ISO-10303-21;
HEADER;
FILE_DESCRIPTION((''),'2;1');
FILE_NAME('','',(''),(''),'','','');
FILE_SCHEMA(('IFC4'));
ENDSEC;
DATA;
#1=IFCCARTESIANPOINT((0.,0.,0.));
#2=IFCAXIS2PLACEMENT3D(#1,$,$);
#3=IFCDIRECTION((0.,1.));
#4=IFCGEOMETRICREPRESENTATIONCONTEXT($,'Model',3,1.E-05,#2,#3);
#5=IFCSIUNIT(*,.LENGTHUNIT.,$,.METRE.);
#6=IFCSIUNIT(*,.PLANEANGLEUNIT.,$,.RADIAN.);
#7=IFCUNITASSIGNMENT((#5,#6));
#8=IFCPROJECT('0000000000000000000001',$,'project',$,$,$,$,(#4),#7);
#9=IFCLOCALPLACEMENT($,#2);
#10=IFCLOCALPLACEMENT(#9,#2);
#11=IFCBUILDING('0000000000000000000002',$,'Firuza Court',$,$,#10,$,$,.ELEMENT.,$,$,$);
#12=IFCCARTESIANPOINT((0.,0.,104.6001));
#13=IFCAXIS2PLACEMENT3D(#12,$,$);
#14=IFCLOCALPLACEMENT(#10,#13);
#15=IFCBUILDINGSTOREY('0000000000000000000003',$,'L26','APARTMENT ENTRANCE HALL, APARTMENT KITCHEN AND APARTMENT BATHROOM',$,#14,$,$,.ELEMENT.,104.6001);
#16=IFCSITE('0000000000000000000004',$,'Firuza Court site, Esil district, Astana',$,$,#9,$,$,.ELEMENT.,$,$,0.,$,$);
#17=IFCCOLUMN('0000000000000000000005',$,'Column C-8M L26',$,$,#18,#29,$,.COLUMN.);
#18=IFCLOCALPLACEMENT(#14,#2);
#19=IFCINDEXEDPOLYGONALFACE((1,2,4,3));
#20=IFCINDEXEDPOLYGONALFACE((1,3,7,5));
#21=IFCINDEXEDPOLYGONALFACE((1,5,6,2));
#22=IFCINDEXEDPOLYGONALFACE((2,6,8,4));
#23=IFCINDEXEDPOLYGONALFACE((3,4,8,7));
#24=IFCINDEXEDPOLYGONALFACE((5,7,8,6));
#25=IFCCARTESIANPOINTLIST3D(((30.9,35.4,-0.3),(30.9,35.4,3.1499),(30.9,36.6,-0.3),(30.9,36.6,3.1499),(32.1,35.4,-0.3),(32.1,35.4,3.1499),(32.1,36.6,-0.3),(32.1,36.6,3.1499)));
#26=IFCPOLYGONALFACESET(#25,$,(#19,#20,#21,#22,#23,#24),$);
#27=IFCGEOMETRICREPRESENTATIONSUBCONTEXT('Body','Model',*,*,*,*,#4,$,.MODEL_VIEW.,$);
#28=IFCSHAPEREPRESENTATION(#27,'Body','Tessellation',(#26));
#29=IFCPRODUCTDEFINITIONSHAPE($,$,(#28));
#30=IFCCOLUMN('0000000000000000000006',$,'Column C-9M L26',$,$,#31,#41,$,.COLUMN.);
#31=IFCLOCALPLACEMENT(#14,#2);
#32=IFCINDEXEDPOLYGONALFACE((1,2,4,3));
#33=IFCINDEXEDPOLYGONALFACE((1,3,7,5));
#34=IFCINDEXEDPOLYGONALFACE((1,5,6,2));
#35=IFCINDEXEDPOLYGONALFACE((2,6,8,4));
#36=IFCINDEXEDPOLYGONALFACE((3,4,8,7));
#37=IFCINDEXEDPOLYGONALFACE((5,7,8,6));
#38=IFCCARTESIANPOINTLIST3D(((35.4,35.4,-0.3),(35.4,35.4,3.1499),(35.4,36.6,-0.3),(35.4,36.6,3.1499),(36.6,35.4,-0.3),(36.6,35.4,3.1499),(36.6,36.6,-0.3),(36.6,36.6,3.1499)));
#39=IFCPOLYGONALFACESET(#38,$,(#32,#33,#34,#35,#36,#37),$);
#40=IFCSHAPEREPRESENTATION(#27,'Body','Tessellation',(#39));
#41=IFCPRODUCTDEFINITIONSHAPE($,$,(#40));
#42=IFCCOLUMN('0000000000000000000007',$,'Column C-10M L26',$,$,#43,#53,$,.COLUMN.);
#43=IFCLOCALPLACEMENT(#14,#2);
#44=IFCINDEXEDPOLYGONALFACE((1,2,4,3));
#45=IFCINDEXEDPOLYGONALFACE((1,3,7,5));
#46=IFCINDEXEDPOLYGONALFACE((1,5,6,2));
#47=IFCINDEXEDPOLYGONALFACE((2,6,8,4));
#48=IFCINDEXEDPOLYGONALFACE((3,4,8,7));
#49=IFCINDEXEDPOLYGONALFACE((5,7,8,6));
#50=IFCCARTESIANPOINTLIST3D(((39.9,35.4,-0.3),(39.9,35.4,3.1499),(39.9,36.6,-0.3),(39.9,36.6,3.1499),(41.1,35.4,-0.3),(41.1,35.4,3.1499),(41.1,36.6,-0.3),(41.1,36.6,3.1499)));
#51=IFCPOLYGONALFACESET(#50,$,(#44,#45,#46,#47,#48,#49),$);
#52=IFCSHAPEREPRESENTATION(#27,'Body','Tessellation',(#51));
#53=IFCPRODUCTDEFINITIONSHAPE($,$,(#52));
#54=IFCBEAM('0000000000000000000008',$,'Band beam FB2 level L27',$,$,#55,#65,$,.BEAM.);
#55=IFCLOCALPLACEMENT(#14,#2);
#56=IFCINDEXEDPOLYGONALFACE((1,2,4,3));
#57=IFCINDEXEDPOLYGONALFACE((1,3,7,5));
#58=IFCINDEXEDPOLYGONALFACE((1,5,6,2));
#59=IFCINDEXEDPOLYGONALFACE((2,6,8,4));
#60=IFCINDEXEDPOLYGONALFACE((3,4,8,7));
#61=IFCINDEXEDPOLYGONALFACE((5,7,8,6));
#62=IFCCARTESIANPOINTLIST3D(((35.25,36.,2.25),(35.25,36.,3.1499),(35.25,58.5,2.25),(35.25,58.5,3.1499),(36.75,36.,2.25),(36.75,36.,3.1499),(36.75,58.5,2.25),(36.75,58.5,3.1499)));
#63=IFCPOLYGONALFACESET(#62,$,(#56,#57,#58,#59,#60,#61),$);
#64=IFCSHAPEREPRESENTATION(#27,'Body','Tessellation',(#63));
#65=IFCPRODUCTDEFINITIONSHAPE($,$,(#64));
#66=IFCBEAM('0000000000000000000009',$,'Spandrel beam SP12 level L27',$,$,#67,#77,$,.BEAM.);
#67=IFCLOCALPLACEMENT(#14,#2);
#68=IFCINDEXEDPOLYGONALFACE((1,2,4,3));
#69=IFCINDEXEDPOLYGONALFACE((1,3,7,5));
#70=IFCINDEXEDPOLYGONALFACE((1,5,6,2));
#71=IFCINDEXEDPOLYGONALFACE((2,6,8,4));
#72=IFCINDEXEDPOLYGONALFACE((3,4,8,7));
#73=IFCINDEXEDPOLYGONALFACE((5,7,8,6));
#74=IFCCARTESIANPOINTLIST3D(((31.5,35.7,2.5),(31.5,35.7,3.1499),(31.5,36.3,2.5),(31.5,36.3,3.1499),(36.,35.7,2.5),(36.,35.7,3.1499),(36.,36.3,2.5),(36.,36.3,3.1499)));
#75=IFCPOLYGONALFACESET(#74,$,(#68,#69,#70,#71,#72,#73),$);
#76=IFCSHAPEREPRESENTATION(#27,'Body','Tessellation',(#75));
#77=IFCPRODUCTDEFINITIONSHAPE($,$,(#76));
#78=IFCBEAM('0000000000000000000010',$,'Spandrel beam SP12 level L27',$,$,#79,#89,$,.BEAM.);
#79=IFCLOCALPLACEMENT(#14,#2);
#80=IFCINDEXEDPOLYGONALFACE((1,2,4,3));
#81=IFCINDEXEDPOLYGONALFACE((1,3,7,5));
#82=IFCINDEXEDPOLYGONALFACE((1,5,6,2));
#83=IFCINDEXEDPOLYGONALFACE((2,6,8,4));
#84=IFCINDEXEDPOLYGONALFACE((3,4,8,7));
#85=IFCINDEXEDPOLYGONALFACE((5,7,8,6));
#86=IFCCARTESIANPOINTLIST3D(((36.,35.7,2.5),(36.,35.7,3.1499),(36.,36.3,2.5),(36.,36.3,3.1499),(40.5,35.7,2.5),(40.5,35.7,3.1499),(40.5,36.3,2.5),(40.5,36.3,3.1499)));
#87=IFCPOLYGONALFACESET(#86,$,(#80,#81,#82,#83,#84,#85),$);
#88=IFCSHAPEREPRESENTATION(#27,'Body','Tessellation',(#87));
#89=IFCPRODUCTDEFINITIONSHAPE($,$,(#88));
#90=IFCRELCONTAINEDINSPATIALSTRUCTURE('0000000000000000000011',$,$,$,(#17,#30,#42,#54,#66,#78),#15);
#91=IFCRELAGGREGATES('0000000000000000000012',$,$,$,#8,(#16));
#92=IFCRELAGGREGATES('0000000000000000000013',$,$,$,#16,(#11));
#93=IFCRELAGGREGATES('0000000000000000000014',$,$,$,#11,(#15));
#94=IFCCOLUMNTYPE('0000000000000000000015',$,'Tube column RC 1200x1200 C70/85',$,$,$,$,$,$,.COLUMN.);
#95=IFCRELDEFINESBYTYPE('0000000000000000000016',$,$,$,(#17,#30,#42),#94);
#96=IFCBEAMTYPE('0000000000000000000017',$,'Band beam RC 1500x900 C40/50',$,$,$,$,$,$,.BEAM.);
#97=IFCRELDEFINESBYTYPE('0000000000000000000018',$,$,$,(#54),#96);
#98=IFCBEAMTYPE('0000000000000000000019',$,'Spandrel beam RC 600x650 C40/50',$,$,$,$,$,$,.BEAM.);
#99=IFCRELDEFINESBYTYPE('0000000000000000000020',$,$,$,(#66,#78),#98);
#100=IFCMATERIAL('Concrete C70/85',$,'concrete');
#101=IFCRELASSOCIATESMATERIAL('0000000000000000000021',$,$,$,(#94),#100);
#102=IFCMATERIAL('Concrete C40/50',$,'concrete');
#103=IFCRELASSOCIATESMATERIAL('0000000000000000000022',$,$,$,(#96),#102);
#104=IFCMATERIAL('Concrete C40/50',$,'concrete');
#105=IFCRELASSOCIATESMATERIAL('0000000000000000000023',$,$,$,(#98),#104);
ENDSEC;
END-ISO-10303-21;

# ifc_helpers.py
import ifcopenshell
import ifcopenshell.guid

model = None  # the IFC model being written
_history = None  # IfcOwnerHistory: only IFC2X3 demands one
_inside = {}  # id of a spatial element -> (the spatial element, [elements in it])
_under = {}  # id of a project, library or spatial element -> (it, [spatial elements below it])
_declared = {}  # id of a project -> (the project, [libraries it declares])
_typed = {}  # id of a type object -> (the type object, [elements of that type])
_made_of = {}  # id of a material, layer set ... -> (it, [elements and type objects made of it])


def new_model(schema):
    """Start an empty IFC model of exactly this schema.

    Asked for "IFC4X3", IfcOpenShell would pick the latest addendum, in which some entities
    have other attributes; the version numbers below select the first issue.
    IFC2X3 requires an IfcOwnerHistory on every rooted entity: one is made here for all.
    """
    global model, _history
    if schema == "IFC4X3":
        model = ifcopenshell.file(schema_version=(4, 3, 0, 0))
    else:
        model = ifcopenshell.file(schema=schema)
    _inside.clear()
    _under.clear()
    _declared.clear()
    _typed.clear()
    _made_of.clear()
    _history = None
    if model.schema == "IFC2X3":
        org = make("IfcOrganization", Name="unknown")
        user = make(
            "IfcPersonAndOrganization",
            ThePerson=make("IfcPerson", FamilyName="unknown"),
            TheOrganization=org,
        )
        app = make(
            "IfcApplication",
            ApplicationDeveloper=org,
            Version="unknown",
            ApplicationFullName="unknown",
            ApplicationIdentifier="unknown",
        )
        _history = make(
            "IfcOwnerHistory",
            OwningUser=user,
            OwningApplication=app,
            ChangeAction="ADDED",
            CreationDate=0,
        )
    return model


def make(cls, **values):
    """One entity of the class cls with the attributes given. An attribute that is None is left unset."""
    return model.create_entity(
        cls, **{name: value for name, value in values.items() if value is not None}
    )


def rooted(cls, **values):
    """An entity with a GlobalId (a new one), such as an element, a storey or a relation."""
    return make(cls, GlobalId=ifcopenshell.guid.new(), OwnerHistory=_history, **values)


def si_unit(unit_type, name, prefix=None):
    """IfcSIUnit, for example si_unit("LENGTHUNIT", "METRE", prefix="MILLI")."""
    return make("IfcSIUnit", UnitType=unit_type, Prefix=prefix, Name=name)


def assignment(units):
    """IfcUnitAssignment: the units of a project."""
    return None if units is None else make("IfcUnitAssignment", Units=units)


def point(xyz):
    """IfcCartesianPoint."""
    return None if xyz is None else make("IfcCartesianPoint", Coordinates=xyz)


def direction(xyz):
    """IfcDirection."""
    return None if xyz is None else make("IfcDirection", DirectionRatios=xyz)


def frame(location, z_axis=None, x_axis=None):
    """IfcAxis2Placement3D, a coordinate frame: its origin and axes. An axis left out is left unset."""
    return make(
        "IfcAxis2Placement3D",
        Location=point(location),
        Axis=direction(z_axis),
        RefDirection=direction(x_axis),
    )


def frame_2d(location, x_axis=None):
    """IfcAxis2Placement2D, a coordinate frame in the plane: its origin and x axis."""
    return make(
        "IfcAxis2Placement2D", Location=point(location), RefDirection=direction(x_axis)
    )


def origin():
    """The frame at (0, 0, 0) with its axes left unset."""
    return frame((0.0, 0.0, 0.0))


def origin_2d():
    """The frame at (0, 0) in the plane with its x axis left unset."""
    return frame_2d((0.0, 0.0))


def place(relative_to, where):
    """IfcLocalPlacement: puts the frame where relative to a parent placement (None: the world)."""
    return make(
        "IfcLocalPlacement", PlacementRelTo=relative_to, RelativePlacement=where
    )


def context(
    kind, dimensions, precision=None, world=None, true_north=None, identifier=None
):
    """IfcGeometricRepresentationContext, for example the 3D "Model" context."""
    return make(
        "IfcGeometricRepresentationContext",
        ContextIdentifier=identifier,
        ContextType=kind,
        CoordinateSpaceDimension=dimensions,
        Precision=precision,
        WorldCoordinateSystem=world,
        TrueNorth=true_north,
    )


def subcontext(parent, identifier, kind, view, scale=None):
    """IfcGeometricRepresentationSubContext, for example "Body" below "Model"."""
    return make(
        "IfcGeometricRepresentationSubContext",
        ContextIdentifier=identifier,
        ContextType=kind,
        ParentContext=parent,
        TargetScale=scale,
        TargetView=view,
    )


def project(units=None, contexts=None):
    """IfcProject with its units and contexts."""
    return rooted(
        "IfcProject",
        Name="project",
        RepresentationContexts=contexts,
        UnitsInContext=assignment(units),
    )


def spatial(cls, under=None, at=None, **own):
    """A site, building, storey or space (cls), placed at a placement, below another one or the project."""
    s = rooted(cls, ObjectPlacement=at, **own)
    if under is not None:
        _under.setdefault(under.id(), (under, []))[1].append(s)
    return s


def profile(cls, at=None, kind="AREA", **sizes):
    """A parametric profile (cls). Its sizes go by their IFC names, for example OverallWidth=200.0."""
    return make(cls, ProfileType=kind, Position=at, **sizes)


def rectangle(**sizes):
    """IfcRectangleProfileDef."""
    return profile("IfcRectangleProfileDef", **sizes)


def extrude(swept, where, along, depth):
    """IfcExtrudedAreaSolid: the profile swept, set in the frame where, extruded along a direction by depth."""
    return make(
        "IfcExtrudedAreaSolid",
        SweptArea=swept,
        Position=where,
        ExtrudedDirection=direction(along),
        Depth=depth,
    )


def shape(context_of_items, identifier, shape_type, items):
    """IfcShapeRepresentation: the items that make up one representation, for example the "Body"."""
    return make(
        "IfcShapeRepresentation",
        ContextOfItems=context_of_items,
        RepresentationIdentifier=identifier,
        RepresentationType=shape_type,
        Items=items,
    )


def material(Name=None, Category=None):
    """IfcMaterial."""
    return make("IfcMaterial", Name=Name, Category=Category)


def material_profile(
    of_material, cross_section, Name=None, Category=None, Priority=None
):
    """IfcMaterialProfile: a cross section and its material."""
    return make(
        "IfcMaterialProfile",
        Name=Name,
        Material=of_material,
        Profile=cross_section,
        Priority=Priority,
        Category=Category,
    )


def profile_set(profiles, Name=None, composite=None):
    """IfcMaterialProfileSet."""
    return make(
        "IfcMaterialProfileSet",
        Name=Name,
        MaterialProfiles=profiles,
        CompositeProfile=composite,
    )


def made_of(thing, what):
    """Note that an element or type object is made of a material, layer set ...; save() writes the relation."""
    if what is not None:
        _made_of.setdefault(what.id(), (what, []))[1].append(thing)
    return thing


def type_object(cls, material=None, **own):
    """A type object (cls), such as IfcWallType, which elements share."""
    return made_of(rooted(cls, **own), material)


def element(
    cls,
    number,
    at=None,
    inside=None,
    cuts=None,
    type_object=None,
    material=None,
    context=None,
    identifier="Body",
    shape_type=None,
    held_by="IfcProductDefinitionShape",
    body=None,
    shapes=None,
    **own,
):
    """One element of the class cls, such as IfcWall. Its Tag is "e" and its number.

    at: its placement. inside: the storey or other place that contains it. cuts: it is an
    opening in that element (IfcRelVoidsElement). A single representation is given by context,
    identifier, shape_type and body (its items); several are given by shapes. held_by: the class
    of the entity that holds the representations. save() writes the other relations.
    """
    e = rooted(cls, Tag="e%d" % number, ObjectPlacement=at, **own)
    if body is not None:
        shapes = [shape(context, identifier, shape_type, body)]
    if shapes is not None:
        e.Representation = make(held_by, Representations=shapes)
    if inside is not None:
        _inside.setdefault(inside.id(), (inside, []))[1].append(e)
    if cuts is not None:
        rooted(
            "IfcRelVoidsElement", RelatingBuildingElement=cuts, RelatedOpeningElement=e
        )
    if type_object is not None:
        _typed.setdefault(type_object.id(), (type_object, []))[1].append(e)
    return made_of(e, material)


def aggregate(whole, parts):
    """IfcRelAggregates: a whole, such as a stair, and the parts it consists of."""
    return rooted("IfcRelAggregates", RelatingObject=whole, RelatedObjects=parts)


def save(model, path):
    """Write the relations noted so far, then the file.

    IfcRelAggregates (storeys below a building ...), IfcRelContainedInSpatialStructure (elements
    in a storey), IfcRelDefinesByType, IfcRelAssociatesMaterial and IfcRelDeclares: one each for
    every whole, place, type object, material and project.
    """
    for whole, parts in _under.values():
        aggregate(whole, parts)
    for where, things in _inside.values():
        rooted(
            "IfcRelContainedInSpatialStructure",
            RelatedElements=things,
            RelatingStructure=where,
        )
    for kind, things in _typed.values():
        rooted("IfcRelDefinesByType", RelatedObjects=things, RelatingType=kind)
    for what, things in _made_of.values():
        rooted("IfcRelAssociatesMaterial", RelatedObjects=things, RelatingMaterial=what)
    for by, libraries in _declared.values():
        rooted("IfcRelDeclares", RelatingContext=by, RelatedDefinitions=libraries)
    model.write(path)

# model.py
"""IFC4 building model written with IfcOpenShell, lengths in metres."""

from ifc_helpers import new_model, si_unit, direction, frame, origin, origin_2d, place, context, subcontext, project, spatial, rectangle, extrude, material, material_profile, profile_set, type_object, element, save


model = new_model("IFC4")

# Units and contexts
model_context = context("Model", 3, precision=1e-05, world=origin(), true_north=direction((0.0, 1.0)))
body_context = subcontext(model_context, "Body", "Model", "MODEL_VIEW")
ifc_project = project(units=[si_unit("LENGTHUNIT", "METRE"), si_unit("PLANEANGLEUNIT", "RADIAN")], contexts=[model_context])

# Site, building, storey
site_placement = place(None, origin())
site = spatial("IfcSite", under=ifc_project, at=site_placement, Name="Firuza Court site, Esil district, Astana", CompositionType="ELEMENT", RefElevation=0.0)
building_placement = place(site_placement, origin())
building = spatial("IfcBuilding", under=site, at=building_placement, Name="Firuza Court", CompositionType="ELEMENT")
storey_placement = place(building_placement, frame((0.0, 0.0, 104.6001)))
storey = spatial("IfcBuildingStorey", under=building, at=storey_placement, Name="L26", Description="APARTMENT ENTRANCE HALL, APARTMENT KITCHEN AND APARTMENT BATHROOM", CompositionType="ELEMENT", Elevation=104.6001)

# Columns
ifc_material_1 = material(Name="Concrete C70/85", Category="concrete")
ifc_material_profile_1 = material_profile(ifc_material_1, rectangle(XDim=1.2, YDim=1.2, at=origin_2d()), Name="RC 1200x1200")
ifc_profile_set_1 = profile_set([ifc_material_profile_1], Name="Concrete C70/85")
column_type = type_object("IfcColumnType", Name="Tube column RC 1200x1200 C70/85", PredefinedType="COLUMN", material=ifc_profile_set_1)
for number, where, z_axis, x_axis, name in (
    (1, (31.5, 36.0, -0.3), (0.0, 0.0, 1.0), (1.0, 0.0, 0.0), "Column C-8M L26"),
    (2, (36.0, 36.0, -0.3), (0.0, 0.0, 1.0), (1.0, 0.0, 0.0), "Column C-9M L26"),
    (3, (40.5, 36.0, -0.3), (0.0, 0.0, 1.0), (1.0, 0.0, 0.0), "Column C-10M L26"),
):
    element("IfcColumn", number, at=place(storey_placement, frame(where, z_axis=z_axis, x_axis=x_axis)), inside=storey, type_object=column_type, Name=name, PredefinedType="COLUMN", context=body_context, shape_type="SweptSolid", body=[
        extrude(rectangle(XDim=1.2, YDim=1.2, at=origin_2d()), origin(), (0.0, 0.0, 1.0), 3.45),
    ])

# Beams
ifc_material_2 = material(Name="Concrete C40/50", Category="concrete")
ifc_material_profile_2 = material_profile(ifc_material_2, rectangle(XDim=1.5, YDim=0.8999, at=origin_2d()), Name="RC 1500x900")
ifc_profile_set_2 = profile_set([ifc_material_profile_2], Name="Concrete C40/50")
beam_type_1 = type_object("IfcBeamType", Name="Band beam RC 1500x900 C40/50", PredefinedType="BEAM", material=ifc_profile_set_2)
beam_placement = place(storey_placement, frame((36.0, 36.0, 2.7), z_axis=(0.0, 1.0, 0.0), x_axis=(-1.0, 0.0, 0.0)))
element("IfcBeam", 4, at=beam_placement, inside=storey, type_object=beam_type_1, Name="Band beam FB2 level L27", PredefinedType="BEAM", context=body_context, shape_type="SweptSolid", body=[
    extrude(rectangle(XDim=1.5, YDim=0.8999, at=origin_2d()), origin(), (0.0, 0.0, 1.0), 22.5),
])
ifc_material_3 = material(Name="Concrete C40/50", Category="concrete")
ifc_material_profile_3 = material_profile(ifc_material_3, rectangle(XDim=0.6001, YDim=0.6499, at=origin_2d()), Name="RC 600x650")
ifc_profile_set_3 = profile_set([ifc_material_profile_3], Name="Concrete C40/50")
beam_type_2 = type_object("IfcBeamType", Name="Spandrel beam RC 600x650 C40/50", PredefinedType="BEAM", material=ifc_profile_set_3)
for number, where, z_axis, x_axis, name in (
    (5, (31.5, 36.0, 2.825), (1.0, 0.0, 0.0), (0.0, 1.0, 0.0), "Spandrel beam SP12 level L27"),
    (6, (36.0, 36.0, 2.825), (1.0, 0.0, 0.0), (0.0, 1.0, 0.0), "Spandrel beam SP12 level L27"),
):
    element("IfcBeam", number, at=place(storey_placement, frame(where, z_axis=z_axis, x_axis=x_axis)), inside=storey, type_object=beam_type_2, Name=name, PredefinedType="BEAM", context=body_context, shape_type="SweptSolid", body=[
        extrude(rectangle(XDim=0.6001, YDim=0.6499, at=origin_2d()), origin(), (0.0, 0.0, 1.0), 4.5),
    ])

save(model, "model.ifc")
